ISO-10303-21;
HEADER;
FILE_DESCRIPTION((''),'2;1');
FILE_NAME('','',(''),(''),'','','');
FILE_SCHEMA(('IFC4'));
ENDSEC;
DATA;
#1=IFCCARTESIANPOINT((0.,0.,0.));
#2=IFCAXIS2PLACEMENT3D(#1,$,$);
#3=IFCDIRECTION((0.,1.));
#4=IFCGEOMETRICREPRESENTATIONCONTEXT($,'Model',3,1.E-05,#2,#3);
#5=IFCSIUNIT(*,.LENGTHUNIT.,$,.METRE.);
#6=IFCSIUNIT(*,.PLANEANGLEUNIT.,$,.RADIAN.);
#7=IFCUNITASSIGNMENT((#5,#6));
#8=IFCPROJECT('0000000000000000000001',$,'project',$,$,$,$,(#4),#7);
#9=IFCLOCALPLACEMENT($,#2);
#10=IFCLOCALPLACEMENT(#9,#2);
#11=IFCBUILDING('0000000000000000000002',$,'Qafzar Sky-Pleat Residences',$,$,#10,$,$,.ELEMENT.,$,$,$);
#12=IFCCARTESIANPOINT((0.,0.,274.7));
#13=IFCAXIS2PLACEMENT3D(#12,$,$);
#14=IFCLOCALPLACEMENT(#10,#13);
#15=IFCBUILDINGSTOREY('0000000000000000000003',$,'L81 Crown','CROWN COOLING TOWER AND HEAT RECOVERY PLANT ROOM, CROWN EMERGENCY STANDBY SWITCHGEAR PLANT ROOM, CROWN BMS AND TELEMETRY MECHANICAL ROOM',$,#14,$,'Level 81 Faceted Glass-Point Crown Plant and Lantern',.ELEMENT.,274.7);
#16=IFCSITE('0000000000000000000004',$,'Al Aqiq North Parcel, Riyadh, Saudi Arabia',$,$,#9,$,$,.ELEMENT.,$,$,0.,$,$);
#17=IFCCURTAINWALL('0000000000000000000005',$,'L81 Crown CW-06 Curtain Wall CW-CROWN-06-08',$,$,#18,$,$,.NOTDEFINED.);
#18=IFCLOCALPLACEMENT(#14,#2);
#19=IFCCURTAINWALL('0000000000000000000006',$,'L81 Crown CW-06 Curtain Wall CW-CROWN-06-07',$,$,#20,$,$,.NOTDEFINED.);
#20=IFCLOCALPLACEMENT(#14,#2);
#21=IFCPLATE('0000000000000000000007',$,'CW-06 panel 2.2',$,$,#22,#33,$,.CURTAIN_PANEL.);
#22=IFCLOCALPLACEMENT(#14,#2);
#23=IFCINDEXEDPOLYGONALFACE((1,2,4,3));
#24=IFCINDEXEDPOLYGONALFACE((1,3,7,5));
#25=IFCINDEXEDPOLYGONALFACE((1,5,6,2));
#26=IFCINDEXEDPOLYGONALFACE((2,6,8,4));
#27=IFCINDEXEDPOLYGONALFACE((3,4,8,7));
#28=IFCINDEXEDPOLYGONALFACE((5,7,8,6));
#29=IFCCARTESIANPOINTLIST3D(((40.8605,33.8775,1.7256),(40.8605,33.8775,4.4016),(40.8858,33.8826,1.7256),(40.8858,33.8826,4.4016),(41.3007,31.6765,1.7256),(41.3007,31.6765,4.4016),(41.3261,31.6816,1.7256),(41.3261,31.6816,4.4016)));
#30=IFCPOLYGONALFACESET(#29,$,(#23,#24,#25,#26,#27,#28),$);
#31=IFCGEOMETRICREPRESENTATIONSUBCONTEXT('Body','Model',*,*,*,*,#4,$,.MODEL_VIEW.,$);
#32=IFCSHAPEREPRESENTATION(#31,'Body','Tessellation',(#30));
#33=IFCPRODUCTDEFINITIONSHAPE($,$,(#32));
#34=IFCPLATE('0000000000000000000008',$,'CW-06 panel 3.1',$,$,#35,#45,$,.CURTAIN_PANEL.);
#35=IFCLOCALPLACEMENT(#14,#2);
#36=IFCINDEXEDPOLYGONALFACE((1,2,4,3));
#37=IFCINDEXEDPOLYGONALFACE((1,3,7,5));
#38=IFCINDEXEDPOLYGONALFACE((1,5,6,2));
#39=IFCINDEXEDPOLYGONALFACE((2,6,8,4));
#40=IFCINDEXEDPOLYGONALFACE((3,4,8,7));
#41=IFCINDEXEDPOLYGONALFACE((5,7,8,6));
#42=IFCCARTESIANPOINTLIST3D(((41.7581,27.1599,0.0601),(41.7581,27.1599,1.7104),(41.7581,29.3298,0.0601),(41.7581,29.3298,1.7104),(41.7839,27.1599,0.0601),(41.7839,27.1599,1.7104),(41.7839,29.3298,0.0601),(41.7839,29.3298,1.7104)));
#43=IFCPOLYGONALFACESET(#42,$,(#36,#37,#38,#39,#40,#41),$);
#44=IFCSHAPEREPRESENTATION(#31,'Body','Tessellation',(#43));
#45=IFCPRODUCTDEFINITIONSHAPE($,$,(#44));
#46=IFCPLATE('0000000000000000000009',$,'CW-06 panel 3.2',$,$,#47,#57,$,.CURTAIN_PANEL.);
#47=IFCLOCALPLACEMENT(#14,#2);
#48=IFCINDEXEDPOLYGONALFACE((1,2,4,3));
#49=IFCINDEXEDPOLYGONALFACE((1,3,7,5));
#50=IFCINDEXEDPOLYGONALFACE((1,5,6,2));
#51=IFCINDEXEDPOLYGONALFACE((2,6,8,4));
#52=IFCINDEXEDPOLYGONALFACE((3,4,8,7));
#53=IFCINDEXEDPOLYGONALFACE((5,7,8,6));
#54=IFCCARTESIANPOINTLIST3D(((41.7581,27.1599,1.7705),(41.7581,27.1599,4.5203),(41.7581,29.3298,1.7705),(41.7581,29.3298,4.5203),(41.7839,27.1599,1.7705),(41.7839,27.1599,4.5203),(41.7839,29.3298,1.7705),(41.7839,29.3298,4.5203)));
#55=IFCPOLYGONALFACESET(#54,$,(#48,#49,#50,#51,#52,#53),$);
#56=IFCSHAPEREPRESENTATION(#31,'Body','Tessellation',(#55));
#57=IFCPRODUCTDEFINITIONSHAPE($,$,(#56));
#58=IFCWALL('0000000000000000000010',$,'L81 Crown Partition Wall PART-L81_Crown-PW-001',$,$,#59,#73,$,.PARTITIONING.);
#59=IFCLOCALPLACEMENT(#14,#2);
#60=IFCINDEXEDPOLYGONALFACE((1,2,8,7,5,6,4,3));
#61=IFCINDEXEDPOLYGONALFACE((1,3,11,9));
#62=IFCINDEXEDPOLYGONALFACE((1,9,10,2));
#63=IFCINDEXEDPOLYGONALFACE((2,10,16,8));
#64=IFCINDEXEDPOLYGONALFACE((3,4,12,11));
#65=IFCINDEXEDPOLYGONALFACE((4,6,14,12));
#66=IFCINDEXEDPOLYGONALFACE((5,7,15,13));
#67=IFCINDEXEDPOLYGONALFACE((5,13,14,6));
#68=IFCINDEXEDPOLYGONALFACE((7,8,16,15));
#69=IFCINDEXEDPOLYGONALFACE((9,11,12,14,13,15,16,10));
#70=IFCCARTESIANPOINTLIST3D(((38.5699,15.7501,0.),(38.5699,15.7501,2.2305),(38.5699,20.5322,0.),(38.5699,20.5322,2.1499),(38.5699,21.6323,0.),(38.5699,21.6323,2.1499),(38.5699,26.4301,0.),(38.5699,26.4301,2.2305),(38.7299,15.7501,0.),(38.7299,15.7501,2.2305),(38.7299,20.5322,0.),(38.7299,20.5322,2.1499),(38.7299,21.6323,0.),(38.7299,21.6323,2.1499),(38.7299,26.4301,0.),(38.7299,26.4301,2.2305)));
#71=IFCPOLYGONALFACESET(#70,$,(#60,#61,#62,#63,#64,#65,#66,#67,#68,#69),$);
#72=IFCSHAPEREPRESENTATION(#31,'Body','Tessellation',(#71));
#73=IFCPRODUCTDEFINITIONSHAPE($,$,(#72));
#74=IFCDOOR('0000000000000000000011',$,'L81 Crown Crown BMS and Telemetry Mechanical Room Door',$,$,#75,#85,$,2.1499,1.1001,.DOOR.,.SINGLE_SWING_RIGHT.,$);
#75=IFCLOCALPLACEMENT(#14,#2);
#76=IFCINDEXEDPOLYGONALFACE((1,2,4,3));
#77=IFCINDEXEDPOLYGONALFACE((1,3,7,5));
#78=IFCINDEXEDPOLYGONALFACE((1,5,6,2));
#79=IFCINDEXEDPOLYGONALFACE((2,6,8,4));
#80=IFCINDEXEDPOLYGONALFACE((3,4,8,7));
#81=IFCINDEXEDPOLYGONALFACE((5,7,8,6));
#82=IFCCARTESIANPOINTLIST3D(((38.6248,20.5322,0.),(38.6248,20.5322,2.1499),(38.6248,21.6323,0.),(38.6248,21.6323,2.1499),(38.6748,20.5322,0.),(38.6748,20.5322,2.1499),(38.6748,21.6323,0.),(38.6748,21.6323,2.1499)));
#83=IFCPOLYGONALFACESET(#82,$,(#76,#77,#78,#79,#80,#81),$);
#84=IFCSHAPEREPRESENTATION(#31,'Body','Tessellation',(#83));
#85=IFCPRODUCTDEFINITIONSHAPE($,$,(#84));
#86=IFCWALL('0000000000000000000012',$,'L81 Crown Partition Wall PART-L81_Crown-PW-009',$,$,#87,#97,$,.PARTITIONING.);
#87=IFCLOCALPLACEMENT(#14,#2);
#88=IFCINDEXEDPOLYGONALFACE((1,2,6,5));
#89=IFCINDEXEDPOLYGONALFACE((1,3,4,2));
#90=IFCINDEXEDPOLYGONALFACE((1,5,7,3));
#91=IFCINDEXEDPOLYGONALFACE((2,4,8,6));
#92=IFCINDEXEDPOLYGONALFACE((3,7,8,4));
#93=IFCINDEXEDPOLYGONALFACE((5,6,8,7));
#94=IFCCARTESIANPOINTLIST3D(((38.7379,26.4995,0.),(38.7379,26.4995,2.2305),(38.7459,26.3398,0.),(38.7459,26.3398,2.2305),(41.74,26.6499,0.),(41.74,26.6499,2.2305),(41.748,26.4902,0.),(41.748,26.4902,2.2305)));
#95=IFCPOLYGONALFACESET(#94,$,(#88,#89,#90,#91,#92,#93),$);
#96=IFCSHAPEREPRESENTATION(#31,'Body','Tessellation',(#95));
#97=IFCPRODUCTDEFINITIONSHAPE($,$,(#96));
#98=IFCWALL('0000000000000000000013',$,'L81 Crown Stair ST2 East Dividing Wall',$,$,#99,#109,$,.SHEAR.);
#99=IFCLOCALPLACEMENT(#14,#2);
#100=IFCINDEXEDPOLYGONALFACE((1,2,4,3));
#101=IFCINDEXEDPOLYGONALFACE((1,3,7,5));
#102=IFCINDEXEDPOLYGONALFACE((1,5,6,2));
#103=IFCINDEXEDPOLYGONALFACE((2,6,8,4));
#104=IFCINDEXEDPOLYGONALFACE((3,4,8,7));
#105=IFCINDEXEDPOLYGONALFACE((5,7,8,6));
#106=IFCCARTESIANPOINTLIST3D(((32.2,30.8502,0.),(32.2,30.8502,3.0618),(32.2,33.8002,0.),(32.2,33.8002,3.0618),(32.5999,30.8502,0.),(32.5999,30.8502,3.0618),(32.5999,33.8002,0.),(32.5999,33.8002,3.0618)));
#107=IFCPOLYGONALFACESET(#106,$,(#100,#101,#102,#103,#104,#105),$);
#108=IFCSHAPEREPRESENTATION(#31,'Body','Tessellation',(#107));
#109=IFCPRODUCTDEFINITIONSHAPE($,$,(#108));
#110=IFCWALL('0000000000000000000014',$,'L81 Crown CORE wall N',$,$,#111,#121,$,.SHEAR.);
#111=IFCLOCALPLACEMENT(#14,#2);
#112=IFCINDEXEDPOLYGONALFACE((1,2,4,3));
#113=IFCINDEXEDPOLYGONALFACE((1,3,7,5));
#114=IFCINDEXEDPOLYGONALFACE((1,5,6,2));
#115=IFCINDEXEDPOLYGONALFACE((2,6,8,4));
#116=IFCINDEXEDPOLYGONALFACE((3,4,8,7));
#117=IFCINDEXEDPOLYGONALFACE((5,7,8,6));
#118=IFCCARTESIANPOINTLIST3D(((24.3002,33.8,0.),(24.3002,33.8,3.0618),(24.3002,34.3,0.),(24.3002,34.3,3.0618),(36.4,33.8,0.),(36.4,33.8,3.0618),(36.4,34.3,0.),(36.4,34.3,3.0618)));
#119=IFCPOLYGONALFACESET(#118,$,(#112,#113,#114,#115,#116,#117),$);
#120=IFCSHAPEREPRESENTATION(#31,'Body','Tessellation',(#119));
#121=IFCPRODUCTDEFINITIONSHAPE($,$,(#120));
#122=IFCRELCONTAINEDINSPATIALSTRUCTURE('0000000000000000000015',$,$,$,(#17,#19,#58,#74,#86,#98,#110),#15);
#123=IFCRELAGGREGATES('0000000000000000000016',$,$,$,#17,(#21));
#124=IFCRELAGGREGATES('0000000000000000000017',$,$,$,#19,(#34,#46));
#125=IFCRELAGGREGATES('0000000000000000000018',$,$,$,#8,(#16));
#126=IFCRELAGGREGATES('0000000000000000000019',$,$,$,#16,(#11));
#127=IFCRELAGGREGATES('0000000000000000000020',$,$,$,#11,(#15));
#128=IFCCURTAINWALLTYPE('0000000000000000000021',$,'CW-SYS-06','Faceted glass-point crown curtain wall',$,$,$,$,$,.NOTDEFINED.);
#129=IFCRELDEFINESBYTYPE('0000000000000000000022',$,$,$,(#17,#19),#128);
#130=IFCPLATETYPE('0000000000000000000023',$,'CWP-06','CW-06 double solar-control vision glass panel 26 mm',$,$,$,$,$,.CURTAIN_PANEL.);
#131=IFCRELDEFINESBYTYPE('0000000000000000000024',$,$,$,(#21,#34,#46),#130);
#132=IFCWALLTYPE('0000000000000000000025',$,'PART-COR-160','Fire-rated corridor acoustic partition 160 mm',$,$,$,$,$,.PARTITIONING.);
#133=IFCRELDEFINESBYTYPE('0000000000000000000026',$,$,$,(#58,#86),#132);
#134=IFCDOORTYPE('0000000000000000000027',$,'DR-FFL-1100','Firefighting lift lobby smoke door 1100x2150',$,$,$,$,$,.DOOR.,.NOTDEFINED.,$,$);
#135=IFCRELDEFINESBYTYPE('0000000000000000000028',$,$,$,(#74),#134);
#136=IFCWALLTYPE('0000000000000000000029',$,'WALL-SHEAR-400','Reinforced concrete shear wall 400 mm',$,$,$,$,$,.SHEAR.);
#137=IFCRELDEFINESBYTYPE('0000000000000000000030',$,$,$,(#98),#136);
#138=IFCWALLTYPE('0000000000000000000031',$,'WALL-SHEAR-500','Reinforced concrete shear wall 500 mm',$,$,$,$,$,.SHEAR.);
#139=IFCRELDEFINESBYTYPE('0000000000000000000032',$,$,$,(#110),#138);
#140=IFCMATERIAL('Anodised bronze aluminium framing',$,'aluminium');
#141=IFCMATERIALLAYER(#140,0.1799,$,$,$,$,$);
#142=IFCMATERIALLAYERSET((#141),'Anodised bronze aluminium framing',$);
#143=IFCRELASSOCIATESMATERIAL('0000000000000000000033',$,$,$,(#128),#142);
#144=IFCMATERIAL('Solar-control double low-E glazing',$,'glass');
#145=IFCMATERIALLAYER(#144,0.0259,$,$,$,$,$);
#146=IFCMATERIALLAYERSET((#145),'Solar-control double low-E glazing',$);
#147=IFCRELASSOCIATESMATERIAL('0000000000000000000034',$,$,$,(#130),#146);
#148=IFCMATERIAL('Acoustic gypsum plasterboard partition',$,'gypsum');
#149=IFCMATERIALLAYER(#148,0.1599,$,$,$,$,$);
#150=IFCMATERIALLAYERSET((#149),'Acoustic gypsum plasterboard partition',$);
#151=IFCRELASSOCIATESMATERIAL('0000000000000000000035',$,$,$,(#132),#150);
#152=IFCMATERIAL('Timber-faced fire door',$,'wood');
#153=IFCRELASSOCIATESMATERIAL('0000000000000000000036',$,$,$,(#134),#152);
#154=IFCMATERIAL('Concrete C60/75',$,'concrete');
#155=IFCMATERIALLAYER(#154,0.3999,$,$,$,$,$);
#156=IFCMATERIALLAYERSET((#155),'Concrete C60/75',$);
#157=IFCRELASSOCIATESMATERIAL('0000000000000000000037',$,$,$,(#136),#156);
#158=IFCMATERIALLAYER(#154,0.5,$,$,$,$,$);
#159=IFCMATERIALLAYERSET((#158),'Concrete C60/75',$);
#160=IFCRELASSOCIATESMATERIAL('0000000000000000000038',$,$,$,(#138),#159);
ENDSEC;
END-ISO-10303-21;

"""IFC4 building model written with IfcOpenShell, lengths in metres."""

from ifc_helpers import new_model, si_unit, direction, frame, frame_2d, origin, origin_2d, place, context, subcontext, project, spatial, rectangle, extrude, source, transform, mapped, material, layer, layer_set, type_object, element, fill, aggregate, save


model = new_model("IFC4")

# Units and contexts
model_context = context("Model", 3, precision=1e-05, world=origin(), true_north=direction((0.0, 1.0)))
body_context = subcontext(model_context, "Body", "Model", "MODEL_VIEW")
ifc_project = project(units=[si_unit("LENGTHUNIT", "METRE"), si_unit("PLANEANGLEUNIT", "RADIAN")], contexts=[model_context])

# Site, building, storey
site_placement = place(None, origin())
site = spatial("IfcSite", under=ifc_project, at=site_placement, Name="Al Aqiq North Parcel, Riyadh, Saudi Arabia", CompositionType="ELEMENT", RefElevation=0.0)
building_placement = place(site_placement, origin())
building = spatial("IfcBuilding", under=site, at=building_placement, Name="Qafzar Sky-Pleat Residences", CompositionType="ELEMENT")
storey_placement = place(building_placement, frame((0.0, 0.0, 274.7)))
storey = spatial("IfcBuildingStorey", under=building, at=storey_placement, Name="L81 Crown", Description="CROWN COOLING TOWER AND HEAT RECOVERY PLANT ROOM, CROWN EMERGENCY STANDBY SWITCHGEAR PLANT ROOM, CROWN BMS AND TELEMETRY MECHANICAL ROOM", LongName="Level 81 Faceted Glass-Point Crown Plant and Lantern", CompositionType="ELEMENT", Elevation=274.7)

# Curtain walls
ifc_material_1 = material(Name="Anodised bronze aluminium framing", Category="aluminium")
ifc_layer_1 = layer(ifc_material_1, 0.1799)
ifc_layer_set_1 = layer_set([ifc_layer_1], Name="Anodised bronze aluminium framing")
curtain_wall_type = type_object("IfcCurtainWallType", Name="CW-SYS-06", Description="Faceted glass-point crown curtain wall", PredefinedType="NOTDEFINED", material=ifc_layer_set_1)
curtain_wall_1_placement = place(storey_placement, origin())
curtain_wall_1 = element("IfcCurtainWall", 1, at=curtain_wall_1_placement, inside=storey, type_object=curtain_wall_type, Name="L81 Crown CW-06 Curtain Wall CW-CROWN-06-08", PredefinedType="NOTDEFINED")
curtain_wall_2_placement = place(storey_placement, origin())
curtain_wall_2 = element("IfcCurtainWall", 2, at=curtain_wall_2_placement, inside=storey, type_object=curtain_wall_type, Name="L81 Crown CW-06 Curtain Wall CW-CROWN-06-07", PredefinedType="NOTDEFINED")

# Plates
ifc_material_2 = material(Name="Solar-control double low-E glazing", Category="glass")
ifc_layer_2 = layer(ifc_material_2, 0.0259)
ifc_layer_set_2 = layer_set([ifc_layer_2], Name="Solar-control double low-E glazing")
plate_type = type_object("IfcPlateType", Name="CWP-06", Description="CW-06 double solar-control vision glass panel 26 mm", PredefinedType="CURTAIN_PANEL", material=ifc_layer_set_2)
shared_shape_1 = source(origin(), body_context, "Body", "SweptSolid", [
    extrude(rectangle(XDim=2.2446, YDim=0.0259, at=origin_2d()), origin(), (0.0, 0.0, 1.0), 2.676),
])
plate_1_placement = place(storey_placement, frame((41.0933, 32.7795, 1.7256), z_axis=(0.0, 0.0, 1.0), x_axis=(-0.196116, 0.980581, 0.0)))
plate_1 = element("IfcPlate", 3, at=plate_1_placement, type_object=plate_type, Name="CW-06 panel 2.2", PredefinedType="CURTAIN_PANEL", context=body_context, shape_type="MappedRepresentation", body=[
    mapped(shared_shape_1, transform((0.0, 0.0, 0.0), x_axis=(1.0, 0.0, 0.0), y_axis=(0.0, 1.0, 0.0), z_axis=(0.0, 0.0, 1.0), scale=1.0)),
])
aggregate(curtain_wall_1, [plate_1])
shared_shape_2 = source(origin(), body_context, "Body", "SweptSolid", [
    extrude(rectangle(XDim=2.1699, YDim=0.0259, at=origin_2d()), origin(), (0.0, 0.0, 1.0), 1.6504),
])
plate_2_placement = place(storey_placement, frame((41.771, 28.2449, 0.0601), z_axis=(0.0, 0.0, 1.0), x_axis=(0.0, 1.0, 0.0)))
plate_2 = element("IfcPlate", 4, at=plate_2_placement, type_object=plate_type, Name="CW-06 panel 3.1", PredefinedType="CURTAIN_PANEL", context=body_context, shape_type="MappedRepresentation", body=[
    mapped(shared_shape_2, transform((0.0, 0.0, 0.0), x_axis=(1.0, 0.0, 0.0), y_axis=(0.0, 1.0, 0.0), z_axis=(0.0, 0.0, 1.0), scale=1.0)),
])
shared_shape_3 = source(origin(), body_context, "Body", "SweptSolid", [
    extrude(rectangle(XDim=2.1699, YDim=0.0259, at=origin_2d()), origin(), (0.0, 0.0, 1.0), 2.7498),
])
plate_3_placement = place(storey_placement, frame((41.771, 28.2449, 1.7705), z_axis=(0.0, 0.0, 1.0), x_axis=(0.0, 1.0, 0.0)))
plate_3 = element("IfcPlate", 5, at=plate_3_placement, type_object=plate_type, Name="CW-06 panel 3.2", PredefinedType="CURTAIN_PANEL", context=body_context, shape_type="MappedRepresentation", body=[
    mapped(shared_shape_3, transform((0.0, 0.0, 0.0), x_axis=(1.0, 0.0, 0.0), y_axis=(0.0, 1.0, 0.0), z_axis=(0.0, 0.0, 1.0), scale=1.0)),
])
aggregate(curtain_wall_2, [plate_2, plate_3])

# Wall, opening, door
ifc_material_3 = material(Name="Acoustic gypsum plasterboard partition", Category="gypsum")
ifc_layer_3 = layer(ifc_material_3, 0.1599)
ifc_layer_set_3 = layer_set([ifc_layer_3], Name="Acoustic gypsum plasterboard partition")
wall_type_1 = type_object("IfcWallType", Name="PART-COR-160", Description="Fire-rated corridor acoustic partition 160 mm", PredefinedType="PARTITIONING", material=ifc_layer_set_3)
wall_1_placement = place(storey_placement, frame((38.6499, 26.4299, 0.0), z_axis=(0.0, 0.0, 1.0), x_axis=(0.0, -1.0, 0.0)))
wall_1 = element("IfcWall", 6, at=wall_1_placement, inside=storey, type_object=wall_type_1, Name="L81 Crown Partition Wall PART-L81_Crown-PW-001", PredefinedType="PARTITIONING", context=body_context, shape_type="SweptSolid", body=[
    extrude(rectangle(XDim=10.6799, YDim=0.1599, at=frame_2d((5.3398, 0.0))), origin(), (0.0, 0.0, 1.0), 2.2305),
])
opening_placement = place(wall_1_placement, frame((4.7976, 0.0, 0.0)))
opening = element("IfcOpeningElement", 7, at=opening_placement, cuts=wall_1, PredefinedType="OPENING", context=body_context, shape_type="SweptSolid", body=[
    extrude(rectangle(XDim=1.1001, YDim=2.1499, at=frame_2d((0.55, 1.075))), frame((0.0, 0.0898, 0.0), z_axis=(0.0, -1.0, 0.0), x_axis=(1.0, 0.0, 0.0)), (0.0, 0.0, 1.0), 0.1799),
])
ifc_material_4 = material(Name="Timber-faced fire door", Category="wood")
door_type = type_object("IfcDoorType", Name="DR-FFL-1100", Description="Firefighting lift lobby smoke door 1100x2150", OperationType="NOTDEFINED", PredefinedType="DOOR", material=ifc_material_4)
shared_shape_4 = source(origin(), body_context, "Body", "SweptSolid", [
    extrude(rectangle(XDim=1.1001, YDim=2.1499, at=frame_2d((0.55, 1.075))), frame((0.0, 0.0249, 0.0), z_axis=(0.0, -1.0, 0.0), x_axis=(1.0, 0.0, 0.0)), (0.0, 0.0, 1.0), 0.05),
])
door_placement = place(opening_placement, origin())
door = element("IfcDoor", 8, at=door_placement, inside=storey, type_object=door_type, Name="L81 Crown Crown BMS and Telemetry Mechanical Room Door", OperationType="SINGLE_SWING_RIGHT", OverallHeight=2.1499, OverallWidth=1.1001, PredefinedType="DOOR", context=body_context, shape_type="MappedRepresentation", body=[
    mapped(shared_shape_4, transform((0.0, 0.0, 0.0), x_axis=(1.0, 0.0, 0.0), y_axis=(0.0, 1.0, 0.0), z_axis=(0.0, 0.0, 1.0), scale=1.0)),
])
fill(opening, door)

# Walls
wall_2_placement = place(storey_placement, frame((38.7419, 26.4197, 0.0), z_axis=(0.0, 0.0, 1.0), x_axis=(0.998748, 0.050031, 0.0)))
element("IfcWall", 9, at=wall_2_placement, inside=storey, type_object=wall_type_1, Name="L81 Crown Partition Wall PART-L81_Crown-PW-009", PredefinedType="PARTITIONING", context=body_context, shape_type="SweptSolid", body=[
    extrude(rectangle(XDim=3.0059, YDim=0.1599, at=frame_2d((1.5029, 0.0))), origin(), (0.0, 0.0, 1.0), 2.2305),
])
ifc_material_5 = material(Name="Concrete C60/75", Category="concrete")
ifc_layer_4 = layer(ifc_material_5, 0.3999)
ifc_layer_set_4 = layer_set([ifc_layer_4], Name="Concrete C60/75")
wall_type_2 = type_object("IfcWallType", Name="WALL-SHEAR-400", Description="Reinforced concrete shear wall 400 mm", PredefinedType="SHEAR", material=ifc_layer_set_4)
wall_3_placement = place(storey_placement, frame((32.3999, 30.8501, 0.0), z_axis=(0.0, 0.0, 1.0), x_axis=(0.0, 1.0, 0.0)))
element("IfcWall", 10, at=wall_3_placement, inside=storey, type_object=wall_type_2, Name="L81 Crown Stair ST2 East Dividing Wall", PredefinedType="SHEAR", context=body_context, shape_type="SweptSolid", body=[
    extrude(rectangle(XDim=2.95, YDim=0.3999, at=frame_2d((1.4751, 0.0))), origin(), (0.0, 0.0, 1.0), 3.0618),
])
ifc_layer_5 = layer(ifc_material_5, 0.5)
ifc_layer_set_5 = layer_set([ifc_layer_5], Name="Concrete C60/75")
wall_type_3 = type_object("IfcWallType", Name="WALL-SHEAR-500", Description="Reinforced concrete shear wall 500 mm", PredefinedType="SHEAR", material=ifc_layer_set_5)
wall_4_placement = place(storey_placement, frame((36.3999, 34.05, 0.0), z_axis=(0.0, 0.0, 1.0), x_axis=(-1.0, 0.0, 0.0)))
element("IfcWall", 11, at=wall_4_placement, inside=storey, type_object=wall_type_3, Name="L81 Crown CORE wall N", PredefinedType="SHEAR", context=body_context, shape_type="SweptSolid", body=[
    extrude(rectangle(XDim=12.0999, YDim=0.5, at=frame_2d((6.0498, 0.0))), origin(), (0.0, 0.0, 1.0), 3.0618),
])

save(model, "model.ifc")
